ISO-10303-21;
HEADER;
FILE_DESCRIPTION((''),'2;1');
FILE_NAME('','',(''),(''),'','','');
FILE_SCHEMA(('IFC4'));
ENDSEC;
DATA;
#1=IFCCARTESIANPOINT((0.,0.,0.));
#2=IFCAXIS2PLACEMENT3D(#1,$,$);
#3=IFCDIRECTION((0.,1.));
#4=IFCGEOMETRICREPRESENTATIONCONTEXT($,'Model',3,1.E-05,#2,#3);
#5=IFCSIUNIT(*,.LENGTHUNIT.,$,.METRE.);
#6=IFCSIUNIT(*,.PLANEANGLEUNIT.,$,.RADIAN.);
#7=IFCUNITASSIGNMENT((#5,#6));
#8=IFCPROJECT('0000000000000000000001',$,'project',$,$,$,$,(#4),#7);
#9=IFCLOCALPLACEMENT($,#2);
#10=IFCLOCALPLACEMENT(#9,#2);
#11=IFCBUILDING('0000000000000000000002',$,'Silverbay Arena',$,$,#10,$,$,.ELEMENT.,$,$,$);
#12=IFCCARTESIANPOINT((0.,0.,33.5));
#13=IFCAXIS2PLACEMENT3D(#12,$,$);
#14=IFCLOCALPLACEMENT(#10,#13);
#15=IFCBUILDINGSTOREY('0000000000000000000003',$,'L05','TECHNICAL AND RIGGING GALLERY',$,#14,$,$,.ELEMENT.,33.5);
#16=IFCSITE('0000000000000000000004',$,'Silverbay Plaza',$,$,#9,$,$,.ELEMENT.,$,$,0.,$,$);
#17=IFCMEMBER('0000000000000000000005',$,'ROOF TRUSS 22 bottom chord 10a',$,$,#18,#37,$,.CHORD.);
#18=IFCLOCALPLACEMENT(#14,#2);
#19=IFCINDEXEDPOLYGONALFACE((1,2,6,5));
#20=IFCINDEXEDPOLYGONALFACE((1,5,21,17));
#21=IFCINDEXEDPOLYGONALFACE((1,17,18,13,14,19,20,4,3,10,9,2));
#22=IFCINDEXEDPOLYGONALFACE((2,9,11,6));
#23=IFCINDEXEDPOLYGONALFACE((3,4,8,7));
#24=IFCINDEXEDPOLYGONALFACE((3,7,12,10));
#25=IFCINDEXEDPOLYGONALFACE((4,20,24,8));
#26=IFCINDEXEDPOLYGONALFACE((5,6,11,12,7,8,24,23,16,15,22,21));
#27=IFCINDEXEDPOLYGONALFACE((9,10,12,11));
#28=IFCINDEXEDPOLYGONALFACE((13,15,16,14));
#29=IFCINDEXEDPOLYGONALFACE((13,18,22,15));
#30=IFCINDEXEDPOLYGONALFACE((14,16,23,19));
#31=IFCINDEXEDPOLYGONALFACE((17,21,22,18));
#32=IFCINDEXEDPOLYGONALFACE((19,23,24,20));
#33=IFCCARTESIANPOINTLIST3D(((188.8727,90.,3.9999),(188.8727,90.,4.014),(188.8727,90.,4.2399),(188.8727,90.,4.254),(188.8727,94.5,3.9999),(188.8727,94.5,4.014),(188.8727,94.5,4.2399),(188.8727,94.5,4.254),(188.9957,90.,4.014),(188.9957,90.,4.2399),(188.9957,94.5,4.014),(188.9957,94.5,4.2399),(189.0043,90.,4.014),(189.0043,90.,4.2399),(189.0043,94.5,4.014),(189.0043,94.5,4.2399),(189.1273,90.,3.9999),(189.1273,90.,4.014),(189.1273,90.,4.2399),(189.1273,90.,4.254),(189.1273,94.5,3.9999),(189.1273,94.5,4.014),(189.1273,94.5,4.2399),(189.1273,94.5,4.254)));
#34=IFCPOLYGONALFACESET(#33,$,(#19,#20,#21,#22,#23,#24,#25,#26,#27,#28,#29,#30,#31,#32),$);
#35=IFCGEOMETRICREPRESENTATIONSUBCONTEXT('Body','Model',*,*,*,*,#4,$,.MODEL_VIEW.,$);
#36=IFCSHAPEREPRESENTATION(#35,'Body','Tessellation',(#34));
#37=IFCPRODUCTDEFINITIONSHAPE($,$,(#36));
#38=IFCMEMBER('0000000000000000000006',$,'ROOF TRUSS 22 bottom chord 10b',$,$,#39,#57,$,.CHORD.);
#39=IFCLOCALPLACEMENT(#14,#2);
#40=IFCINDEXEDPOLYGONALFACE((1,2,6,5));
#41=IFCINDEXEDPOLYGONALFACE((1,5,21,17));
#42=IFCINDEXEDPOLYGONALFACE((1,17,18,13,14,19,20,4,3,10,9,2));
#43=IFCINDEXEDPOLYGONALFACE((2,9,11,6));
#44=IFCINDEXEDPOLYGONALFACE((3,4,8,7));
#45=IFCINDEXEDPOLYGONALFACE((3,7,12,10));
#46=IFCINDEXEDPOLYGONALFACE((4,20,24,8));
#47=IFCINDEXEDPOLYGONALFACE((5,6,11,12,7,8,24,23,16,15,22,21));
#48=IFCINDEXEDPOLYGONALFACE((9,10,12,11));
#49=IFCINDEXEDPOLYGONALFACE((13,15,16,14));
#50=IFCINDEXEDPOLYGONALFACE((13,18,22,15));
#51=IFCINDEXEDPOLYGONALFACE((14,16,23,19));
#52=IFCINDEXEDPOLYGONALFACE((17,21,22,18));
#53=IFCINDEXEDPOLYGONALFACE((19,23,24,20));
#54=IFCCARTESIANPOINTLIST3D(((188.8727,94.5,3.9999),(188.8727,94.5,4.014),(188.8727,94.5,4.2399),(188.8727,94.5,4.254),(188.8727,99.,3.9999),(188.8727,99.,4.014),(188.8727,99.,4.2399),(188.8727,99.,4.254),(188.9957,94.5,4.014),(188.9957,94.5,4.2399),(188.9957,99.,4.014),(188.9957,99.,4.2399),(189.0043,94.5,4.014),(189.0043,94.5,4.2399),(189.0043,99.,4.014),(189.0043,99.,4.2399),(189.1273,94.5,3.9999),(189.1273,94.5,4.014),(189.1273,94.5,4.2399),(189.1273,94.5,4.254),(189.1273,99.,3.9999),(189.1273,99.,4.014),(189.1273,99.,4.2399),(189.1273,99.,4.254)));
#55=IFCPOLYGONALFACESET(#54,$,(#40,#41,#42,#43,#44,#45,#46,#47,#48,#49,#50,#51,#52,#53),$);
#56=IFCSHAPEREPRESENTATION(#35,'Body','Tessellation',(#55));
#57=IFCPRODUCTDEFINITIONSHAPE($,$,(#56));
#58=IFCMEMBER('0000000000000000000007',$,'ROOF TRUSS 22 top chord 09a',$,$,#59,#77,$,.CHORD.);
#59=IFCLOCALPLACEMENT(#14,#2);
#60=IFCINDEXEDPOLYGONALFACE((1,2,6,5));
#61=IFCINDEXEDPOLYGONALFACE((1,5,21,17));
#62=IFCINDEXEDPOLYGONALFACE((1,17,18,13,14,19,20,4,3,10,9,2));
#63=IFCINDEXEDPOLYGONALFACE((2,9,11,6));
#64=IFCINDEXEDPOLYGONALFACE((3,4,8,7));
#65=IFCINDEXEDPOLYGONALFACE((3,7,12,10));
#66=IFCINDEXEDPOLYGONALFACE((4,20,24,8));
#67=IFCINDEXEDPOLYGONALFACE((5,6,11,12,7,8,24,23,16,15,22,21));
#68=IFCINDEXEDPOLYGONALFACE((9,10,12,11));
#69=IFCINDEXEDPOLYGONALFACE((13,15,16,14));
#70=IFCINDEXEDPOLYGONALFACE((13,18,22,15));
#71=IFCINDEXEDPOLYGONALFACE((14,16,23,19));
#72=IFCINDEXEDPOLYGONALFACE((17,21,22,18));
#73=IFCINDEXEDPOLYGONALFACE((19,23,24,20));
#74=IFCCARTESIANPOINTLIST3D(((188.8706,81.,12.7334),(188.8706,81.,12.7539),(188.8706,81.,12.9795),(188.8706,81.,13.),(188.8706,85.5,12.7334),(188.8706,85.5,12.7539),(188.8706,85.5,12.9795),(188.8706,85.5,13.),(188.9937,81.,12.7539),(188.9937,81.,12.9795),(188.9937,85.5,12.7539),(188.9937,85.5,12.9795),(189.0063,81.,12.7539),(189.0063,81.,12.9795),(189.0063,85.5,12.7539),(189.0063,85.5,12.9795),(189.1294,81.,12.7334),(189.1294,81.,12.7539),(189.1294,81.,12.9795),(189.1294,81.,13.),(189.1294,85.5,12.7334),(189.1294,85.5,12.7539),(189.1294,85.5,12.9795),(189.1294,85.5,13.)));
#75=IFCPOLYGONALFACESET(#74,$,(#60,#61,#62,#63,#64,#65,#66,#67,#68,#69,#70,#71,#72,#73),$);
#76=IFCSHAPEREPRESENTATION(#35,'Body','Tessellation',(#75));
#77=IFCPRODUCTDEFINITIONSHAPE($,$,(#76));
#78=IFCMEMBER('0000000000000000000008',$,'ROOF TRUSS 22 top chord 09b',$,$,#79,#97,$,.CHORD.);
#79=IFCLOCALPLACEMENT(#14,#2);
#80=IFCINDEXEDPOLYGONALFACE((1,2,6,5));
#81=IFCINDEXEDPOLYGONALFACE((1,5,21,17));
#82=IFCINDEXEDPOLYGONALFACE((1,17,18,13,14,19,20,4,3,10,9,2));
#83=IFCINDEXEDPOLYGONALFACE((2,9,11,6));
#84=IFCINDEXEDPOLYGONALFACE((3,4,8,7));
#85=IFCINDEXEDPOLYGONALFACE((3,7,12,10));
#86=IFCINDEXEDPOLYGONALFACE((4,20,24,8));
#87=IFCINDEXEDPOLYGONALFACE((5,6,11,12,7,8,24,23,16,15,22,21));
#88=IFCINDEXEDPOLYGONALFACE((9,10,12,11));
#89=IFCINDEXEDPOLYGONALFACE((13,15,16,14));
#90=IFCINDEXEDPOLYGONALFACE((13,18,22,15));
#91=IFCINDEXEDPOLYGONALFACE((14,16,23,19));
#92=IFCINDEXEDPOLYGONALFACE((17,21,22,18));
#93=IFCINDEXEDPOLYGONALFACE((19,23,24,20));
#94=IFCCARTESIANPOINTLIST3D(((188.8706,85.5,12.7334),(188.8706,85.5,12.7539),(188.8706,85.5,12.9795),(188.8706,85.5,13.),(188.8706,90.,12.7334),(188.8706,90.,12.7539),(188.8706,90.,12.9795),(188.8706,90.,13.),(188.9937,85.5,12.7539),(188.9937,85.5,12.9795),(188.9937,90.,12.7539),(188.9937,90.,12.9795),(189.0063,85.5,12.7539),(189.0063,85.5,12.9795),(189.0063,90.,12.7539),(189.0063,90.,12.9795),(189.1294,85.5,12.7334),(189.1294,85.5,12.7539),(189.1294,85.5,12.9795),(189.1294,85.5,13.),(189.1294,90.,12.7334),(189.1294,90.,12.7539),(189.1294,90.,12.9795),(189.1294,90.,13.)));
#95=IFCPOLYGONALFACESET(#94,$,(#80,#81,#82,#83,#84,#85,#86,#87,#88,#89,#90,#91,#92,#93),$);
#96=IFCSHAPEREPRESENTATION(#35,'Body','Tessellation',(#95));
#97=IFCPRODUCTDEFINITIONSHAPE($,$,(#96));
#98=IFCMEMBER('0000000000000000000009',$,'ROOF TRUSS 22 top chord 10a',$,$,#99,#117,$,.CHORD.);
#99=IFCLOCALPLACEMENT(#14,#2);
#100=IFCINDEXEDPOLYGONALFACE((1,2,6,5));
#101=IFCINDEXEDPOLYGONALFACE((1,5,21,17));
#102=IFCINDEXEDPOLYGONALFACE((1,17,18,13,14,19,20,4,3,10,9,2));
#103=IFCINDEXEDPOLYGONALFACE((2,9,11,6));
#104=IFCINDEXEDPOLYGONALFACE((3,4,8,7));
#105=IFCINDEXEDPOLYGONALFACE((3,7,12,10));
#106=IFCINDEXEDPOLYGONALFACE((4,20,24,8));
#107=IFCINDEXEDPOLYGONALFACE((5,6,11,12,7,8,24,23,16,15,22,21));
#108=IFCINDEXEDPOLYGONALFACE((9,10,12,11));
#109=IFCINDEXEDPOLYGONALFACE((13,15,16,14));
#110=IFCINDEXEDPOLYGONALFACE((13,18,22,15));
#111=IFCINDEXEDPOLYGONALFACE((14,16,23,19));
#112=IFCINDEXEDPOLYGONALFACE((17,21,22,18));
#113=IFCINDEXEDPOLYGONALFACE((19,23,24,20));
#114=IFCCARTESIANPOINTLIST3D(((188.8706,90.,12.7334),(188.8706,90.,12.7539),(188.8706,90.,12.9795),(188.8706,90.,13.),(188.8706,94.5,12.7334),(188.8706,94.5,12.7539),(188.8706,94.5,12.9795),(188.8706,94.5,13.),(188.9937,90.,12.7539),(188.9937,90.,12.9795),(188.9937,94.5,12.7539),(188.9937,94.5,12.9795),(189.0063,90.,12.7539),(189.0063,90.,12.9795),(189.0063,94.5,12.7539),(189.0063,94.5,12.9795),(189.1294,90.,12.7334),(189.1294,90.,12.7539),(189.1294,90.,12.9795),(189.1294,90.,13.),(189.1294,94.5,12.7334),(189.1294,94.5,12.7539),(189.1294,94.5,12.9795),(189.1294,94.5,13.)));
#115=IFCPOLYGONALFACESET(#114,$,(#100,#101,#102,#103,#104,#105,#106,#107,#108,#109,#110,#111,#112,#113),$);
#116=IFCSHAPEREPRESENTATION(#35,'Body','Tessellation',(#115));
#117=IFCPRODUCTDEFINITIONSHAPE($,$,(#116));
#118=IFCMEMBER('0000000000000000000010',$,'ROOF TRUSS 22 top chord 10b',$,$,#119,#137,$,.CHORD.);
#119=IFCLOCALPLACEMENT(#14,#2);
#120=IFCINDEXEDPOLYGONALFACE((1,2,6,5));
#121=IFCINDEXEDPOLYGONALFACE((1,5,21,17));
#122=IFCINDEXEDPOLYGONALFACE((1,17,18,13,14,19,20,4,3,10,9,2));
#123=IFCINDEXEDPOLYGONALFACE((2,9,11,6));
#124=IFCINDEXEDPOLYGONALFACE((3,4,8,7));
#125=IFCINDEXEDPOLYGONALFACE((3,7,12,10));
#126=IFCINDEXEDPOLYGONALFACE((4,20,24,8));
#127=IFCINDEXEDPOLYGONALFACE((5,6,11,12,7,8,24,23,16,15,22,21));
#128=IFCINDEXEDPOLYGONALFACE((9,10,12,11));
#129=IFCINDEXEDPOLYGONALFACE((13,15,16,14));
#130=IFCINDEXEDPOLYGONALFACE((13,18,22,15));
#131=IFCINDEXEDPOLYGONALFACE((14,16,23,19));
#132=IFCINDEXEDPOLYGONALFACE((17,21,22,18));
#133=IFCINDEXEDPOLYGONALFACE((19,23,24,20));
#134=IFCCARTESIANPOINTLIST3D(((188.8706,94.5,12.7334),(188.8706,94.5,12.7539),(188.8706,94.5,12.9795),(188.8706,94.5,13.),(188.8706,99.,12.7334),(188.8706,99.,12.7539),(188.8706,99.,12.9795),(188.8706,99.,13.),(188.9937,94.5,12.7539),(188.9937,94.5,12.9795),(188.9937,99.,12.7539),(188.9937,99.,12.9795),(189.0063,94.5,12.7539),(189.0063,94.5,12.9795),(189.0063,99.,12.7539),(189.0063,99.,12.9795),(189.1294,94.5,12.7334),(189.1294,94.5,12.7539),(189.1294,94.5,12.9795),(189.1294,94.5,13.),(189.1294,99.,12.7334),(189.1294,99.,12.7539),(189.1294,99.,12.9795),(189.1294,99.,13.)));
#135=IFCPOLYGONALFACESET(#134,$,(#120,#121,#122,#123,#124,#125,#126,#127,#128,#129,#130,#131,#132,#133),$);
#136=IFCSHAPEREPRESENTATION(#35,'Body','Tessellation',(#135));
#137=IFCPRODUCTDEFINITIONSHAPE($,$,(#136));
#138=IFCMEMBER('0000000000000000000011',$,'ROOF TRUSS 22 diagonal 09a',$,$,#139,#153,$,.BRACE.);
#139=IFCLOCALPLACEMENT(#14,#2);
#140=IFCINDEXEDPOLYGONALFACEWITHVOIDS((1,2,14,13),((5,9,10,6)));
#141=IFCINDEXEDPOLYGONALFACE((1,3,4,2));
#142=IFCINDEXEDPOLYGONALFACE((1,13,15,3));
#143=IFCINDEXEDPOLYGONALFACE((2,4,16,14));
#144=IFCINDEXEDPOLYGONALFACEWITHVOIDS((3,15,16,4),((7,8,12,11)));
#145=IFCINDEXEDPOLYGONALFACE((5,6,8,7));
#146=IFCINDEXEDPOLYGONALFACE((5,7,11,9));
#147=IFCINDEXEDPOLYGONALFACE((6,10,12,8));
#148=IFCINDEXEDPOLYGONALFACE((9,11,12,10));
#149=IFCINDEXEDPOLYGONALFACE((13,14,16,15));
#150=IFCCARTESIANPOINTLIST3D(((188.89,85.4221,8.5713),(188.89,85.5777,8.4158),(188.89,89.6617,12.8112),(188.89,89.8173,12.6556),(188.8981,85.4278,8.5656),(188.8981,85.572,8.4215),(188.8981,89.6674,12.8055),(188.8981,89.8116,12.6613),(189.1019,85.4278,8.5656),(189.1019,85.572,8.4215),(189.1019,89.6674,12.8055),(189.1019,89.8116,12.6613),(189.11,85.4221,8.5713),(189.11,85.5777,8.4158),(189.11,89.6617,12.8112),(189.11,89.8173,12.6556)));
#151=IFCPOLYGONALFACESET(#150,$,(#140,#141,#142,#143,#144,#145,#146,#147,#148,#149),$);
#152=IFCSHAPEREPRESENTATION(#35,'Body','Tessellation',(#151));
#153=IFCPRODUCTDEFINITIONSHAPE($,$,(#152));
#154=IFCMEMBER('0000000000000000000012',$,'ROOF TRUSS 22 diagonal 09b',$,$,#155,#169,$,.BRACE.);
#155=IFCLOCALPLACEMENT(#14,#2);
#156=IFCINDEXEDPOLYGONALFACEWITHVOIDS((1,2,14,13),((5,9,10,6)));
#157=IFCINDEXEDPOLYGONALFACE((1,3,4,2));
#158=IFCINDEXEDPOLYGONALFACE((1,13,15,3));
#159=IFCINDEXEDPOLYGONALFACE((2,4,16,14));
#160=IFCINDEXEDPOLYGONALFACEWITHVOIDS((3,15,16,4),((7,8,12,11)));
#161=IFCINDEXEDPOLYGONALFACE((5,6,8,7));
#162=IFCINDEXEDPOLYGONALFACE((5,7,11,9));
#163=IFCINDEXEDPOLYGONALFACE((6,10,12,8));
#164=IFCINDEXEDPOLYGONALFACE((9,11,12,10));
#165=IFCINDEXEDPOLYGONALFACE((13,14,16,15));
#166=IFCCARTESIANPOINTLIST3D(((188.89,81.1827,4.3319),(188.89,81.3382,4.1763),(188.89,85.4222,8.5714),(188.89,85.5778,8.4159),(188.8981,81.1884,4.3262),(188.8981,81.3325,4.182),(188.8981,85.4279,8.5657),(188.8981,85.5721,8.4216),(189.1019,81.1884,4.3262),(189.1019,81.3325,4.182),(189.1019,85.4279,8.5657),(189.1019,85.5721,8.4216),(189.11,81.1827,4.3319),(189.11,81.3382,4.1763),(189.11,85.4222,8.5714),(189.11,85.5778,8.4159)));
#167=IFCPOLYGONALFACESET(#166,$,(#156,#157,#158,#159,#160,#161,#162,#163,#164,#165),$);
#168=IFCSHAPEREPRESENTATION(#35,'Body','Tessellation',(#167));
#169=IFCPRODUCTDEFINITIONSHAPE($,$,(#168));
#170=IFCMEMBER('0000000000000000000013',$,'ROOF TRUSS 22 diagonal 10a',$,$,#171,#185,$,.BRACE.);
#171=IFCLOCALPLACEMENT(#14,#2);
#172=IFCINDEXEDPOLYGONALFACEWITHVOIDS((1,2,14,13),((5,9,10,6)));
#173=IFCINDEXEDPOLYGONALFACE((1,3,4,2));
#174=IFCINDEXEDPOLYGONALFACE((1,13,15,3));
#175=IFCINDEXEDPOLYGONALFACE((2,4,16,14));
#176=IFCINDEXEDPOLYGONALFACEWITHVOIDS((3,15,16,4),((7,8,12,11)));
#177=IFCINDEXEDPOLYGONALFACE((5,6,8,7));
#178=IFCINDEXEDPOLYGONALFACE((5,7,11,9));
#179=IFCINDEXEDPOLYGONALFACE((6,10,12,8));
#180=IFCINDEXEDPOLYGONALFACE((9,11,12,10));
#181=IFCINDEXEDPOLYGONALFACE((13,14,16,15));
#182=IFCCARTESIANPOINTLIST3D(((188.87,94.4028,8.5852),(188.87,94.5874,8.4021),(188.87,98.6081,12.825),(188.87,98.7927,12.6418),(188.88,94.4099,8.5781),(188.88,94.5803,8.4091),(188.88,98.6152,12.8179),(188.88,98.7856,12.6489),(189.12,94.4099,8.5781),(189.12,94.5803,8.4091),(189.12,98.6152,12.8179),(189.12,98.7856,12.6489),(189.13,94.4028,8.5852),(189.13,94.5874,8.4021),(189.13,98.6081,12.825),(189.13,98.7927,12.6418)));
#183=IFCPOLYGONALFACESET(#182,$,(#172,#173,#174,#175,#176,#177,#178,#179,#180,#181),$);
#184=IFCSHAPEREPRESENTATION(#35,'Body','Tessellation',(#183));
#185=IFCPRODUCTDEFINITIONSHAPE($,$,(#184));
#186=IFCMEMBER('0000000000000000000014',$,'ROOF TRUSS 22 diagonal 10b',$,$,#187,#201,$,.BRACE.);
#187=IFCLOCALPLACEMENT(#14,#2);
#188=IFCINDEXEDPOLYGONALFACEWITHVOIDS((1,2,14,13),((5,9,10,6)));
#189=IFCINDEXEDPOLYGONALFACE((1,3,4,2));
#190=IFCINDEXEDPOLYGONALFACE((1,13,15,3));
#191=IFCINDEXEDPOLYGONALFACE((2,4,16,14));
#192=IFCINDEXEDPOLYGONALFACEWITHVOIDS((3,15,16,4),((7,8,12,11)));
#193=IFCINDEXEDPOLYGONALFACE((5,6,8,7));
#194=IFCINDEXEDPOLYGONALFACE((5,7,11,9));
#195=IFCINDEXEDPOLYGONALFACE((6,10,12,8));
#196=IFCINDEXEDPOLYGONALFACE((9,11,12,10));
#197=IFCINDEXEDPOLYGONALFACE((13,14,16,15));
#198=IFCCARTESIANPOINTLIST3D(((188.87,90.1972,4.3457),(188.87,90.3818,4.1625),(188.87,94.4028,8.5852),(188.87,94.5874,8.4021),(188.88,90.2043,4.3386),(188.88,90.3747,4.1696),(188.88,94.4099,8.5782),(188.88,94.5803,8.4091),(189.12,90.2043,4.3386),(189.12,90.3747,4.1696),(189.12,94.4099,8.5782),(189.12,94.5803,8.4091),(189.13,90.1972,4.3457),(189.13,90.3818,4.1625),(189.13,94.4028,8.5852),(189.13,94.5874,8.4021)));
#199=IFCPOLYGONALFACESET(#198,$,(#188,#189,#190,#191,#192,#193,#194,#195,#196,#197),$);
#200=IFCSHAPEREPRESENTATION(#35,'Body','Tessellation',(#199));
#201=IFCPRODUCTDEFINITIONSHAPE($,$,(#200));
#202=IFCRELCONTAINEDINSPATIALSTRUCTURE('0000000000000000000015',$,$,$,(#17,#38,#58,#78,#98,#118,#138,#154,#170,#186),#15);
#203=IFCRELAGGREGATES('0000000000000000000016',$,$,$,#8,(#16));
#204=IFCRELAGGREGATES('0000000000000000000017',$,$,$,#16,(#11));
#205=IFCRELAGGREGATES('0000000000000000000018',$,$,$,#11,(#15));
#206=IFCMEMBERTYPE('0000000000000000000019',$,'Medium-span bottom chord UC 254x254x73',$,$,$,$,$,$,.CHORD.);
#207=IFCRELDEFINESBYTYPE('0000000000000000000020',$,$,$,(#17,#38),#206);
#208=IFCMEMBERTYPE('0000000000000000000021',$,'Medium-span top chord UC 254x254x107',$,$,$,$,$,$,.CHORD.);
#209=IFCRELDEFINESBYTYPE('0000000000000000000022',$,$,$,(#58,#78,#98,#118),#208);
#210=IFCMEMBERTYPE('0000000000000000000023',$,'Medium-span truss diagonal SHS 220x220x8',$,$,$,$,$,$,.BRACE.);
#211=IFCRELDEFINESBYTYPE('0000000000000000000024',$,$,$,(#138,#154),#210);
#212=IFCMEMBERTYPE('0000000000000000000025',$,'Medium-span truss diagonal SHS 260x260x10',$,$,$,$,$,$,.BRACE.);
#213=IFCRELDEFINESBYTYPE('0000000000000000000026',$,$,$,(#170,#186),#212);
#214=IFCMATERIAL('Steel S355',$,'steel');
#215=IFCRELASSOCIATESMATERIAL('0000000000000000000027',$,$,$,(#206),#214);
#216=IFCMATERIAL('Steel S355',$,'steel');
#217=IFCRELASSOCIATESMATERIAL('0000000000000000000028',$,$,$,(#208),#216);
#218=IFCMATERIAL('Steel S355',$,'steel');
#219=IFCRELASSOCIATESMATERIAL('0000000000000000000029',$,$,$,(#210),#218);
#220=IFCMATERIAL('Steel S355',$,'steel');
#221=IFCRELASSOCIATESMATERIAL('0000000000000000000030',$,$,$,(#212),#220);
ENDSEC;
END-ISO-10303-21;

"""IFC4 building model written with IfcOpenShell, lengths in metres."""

from ifc_helpers import new_model, si_unit, direction, frame, origin, origin_2d, place, context, subcontext, project, spatial, hollow_rectangle, i_section, extrude, material, material_profile, profile_set, type_object, element, save


model = new_model("IFC4")

# Units and contexts
model_context = context("Model", 3, precision=1e-05, world=origin(), true_north=direction((0.0, 1.0)))
body_context = subcontext(model_context, "Body", "Model", "MODEL_VIEW")
ifc_project = project(units=[si_unit("LENGTHUNIT", "METRE"), si_unit("PLANEANGLEUNIT", "RADIAN")], contexts=[model_context])

# Site, building, storey
site_placement = place(None, origin())
site = spatial("IfcSite", under=ifc_project, at=site_placement, Name="Silverbay Plaza", CompositionType="ELEMENT", RefElevation=0.0)
building_placement = place(site_placement, origin())
building = spatial("IfcBuilding", under=site, at=building_placement, Name="Silverbay Arena", CompositionType="ELEMENT")
storey_placement = place(building_placement, frame((0.0, 0.0, 33.5)))
storey = spatial("IfcBuildingStorey", under=building, at=storey_placement, Name="L05", Description="TECHNICAL AND RIGGING GALLERY", CompositionType="ELEMENT", Elevation=33.5)

# Members
ifc_material_1 = material(Name="Steel S355", Category="steel")
ifc_material_profile_1 = material_profile(ifc_material_1, i_section(OverallWidth=0.2546, OverallDepth=0.2542, WebThickness=0.0085, FlangeThickness=0.0142, at=origin_2d()), Name="UC 254x254x73")
ifc_profile_set_1 = profile_set([ifc_material_profile_1], Name="Steel S355")
member_type_1 = type_object("IfcMemberType", Name="Medium-span bottom chord UC 254x254x73", PredefinedType="CHORD", material=ifc_profile_set_1)
for number, where, z_axis, x_axis, name in (
    (1, (189.0, 90.0, 4.127), (0.0, 1.0, 0.0), (-1.0, 0.0, 0.0), "ROOF TRUSS 22 bottom chord 10a"),
    (2, (189.0, 94.5, 4.127), (0.0, 1.0, 0.0), (-1.0, 0.0, 0.0), "ROOF TRUSS 22 bottom chord 10b"),
):
    element("IfcMember", number, at=place(storey_placement, frame(where, z_axis=z_axis, x_axis=x_axis)), inside=storey, type_object=member_type_1, Name=name, PredefinedType="CHORD", context=body_context, shape_type="SweptSolid", body=[
        extrude(i_section(OverallWidth=0.2546, OverallDepth=0.2542, WebThickness=0.0085, FlangeThickness=0.0142, at=origin_2d()), origin(), (0.0, 0.0, 1.0), 4.5),
    ])
ifc_material_2 = material(Name="Steel S355", Category="steel")
ifc_material_profile_2 = material_profile(ifc_material_2, i_section(OverallWidth=0.2588, OverallDepth=0.2666, WebThickness=0.0127, FlangeThickness=0.0205, at=origin_2d()), Name="UC 254x254x107")
ifc_profile_set_2 = profile_set([ifc_material_profile_2], Name="Steel S355")
member_type_2 = type_object("IfcMemberType", Name="Medium-span top chord UC 254x254x107", PredefinedType="CHORD", material=ifc_profile_set_2)
for number, where, z_axis, x_axis, name in (
    (3, (189.0, 81.0, 12.8667), (0.0, 1.0, 0.0), (-1.0, 0.0, 0.0), "ROOF TRUSS 22 top chord 09a"),
    (4, (189.0, 85.5, 12.8667), (0.0, 1.0, 0.0), (-1.0, 0.0, 0.0), "ROOF TRUSS 22 top chord 09b"),
    (5, (189.0, 90.0, 12.8667), (0.0, 1.0, 0.0), (-1.0, 0.0, 0.0), "ROOF TRUSS 22 top chord 10a"),
    (6, (189.0, 94.5, 12.8667), (0.0, 1.0, 0.0), (-1.0, 0.0, 0.0), "ROOF TRUSS 22 top chord 10b"),
):
    element("IfcMember", number, at=place(storey_placement, frame(where, z_axis=z_axis, x_axis=x_axis)), inside=storey, type_object=member_type_2, Name=name, PredefinedType="CHORD", context=body_context, shape_type="SweptSolid", body=[
        extrude(i_section(OverallWidth=0.2588, OverallDepth=0.2666, WebThickness=0.0127, FlangeThickness=0.0205, at=origin_2d()), origin(), (0.0, 0.0, 1.0), 4.5),
    ])
ifc_material_3 = material(Name="Steel S355", Category="steel")
ifc_material_profile_3 = material_profile(ifc_material_3, hollow_rectangle(XDim=0.22, YDim=0.22, WallThickness=0.0081, at=origin_2d()), Name="SHS 220x220x8")
ifc_profile_set_3 = profile_set([ifc_material_profile_3], Name="Steel S355")
member_type_3 = type_object("IfcMemberType", Name="Medium-span truss diagonal SHS 220x220x8", PredefinedType="BRACE", material=ifc_profile_set_3)
member_1_placement = place(storey_placement, frame((189.0, 89.7395, 12.7334), z_axis=(0.0, -0.707086, -0.707127), x_axis=(1.0, 0.0, 0.0)))
element("IfcMember", 7, at=member_1_placement, inside=storey, type_object=member_type_3, Name="ROOF TRUSS 22 diagonal 09a", PredefinedType="BRACE", context=body_context, shape_type="SweptSolid", body=[
    extrude(hollow_rectangle(XDim=0.22, YDim=0.22, WallThickness=0.0081, at=origin_2d()), origin(), (0.0, 0.0, 1.0), 5.9958),
])
member_2_placement = place(storey_placement, frame((189.0, 85.5, 8.4937), z_axis=(0.0, -0.707107, -0.707107), x_axis=(1.0, 0.0, 0.0)))
element("IfcMember", 8, at=member_2_placement, inside=storey, type_object=member_type_3, Name="ROOF TRUSS 22 diagonal 09b", PredefinedType="BRACE", context=body_context, shape_type="SweptSolid", body=[
    extrude(hollow_rectangle(XDim=0.22, YDim=0.22, WallThickness=0.0081, at=origin_2d()), origin(), (0.0, 0.0, 1.0), 5.9956),
])
ifc_material_4 = material(Name="Steel S355", Category="steel")
ifc_material_profile_4 = material_profile(ifc_material_4, hollow_rectangle(XDim=0.26, YDim=0.26, WallThickness=0.01, at=origin_2d()), Name="SHS 260x260x10")
ifc_profile_set_4 = profile_set([ifc_material_profile_4], Name="Steel S355")
member_type_4 = type_object("IfcMemberType", Name="Medium-span truss diagonal SHS 260x260x10", PredefinedType="BRACE", material=ifc_profile_set_4)
for number, where, z_axis, x_axis, name in (
    (9, (189.0, 98.7004, 12.7334), (0.0, -0.704219, -0.709983), (1.0, 0.0, 0.0), "ROOF TRUSS 22 diagonal 10a"),
    (10, (189.0, 94.4951, 8.4937), (0.0, -0.70426, -0.709942), (1.0, 0.0, 0.0), "ROOF TRUSS 22 diagonal 10b"),
):
    element("IfcMember", number, at=place(storey_placement, frame(where, z_axis=z_axis, x_axis=x_axis)), inside=storey, type_object=member_type_4, Name=name, PredefinedType="BRACE", context=body_context, shape_type="SweptSolid", body=[
        extrude(hollow_rectangle(XDim=0.26, YDim=0.26, WallThickness=0.01, at=origin_2d()), origin(), (0.0, 0.0, 1.0), 5.9717),
    ])

save(model, "model.ifc")
